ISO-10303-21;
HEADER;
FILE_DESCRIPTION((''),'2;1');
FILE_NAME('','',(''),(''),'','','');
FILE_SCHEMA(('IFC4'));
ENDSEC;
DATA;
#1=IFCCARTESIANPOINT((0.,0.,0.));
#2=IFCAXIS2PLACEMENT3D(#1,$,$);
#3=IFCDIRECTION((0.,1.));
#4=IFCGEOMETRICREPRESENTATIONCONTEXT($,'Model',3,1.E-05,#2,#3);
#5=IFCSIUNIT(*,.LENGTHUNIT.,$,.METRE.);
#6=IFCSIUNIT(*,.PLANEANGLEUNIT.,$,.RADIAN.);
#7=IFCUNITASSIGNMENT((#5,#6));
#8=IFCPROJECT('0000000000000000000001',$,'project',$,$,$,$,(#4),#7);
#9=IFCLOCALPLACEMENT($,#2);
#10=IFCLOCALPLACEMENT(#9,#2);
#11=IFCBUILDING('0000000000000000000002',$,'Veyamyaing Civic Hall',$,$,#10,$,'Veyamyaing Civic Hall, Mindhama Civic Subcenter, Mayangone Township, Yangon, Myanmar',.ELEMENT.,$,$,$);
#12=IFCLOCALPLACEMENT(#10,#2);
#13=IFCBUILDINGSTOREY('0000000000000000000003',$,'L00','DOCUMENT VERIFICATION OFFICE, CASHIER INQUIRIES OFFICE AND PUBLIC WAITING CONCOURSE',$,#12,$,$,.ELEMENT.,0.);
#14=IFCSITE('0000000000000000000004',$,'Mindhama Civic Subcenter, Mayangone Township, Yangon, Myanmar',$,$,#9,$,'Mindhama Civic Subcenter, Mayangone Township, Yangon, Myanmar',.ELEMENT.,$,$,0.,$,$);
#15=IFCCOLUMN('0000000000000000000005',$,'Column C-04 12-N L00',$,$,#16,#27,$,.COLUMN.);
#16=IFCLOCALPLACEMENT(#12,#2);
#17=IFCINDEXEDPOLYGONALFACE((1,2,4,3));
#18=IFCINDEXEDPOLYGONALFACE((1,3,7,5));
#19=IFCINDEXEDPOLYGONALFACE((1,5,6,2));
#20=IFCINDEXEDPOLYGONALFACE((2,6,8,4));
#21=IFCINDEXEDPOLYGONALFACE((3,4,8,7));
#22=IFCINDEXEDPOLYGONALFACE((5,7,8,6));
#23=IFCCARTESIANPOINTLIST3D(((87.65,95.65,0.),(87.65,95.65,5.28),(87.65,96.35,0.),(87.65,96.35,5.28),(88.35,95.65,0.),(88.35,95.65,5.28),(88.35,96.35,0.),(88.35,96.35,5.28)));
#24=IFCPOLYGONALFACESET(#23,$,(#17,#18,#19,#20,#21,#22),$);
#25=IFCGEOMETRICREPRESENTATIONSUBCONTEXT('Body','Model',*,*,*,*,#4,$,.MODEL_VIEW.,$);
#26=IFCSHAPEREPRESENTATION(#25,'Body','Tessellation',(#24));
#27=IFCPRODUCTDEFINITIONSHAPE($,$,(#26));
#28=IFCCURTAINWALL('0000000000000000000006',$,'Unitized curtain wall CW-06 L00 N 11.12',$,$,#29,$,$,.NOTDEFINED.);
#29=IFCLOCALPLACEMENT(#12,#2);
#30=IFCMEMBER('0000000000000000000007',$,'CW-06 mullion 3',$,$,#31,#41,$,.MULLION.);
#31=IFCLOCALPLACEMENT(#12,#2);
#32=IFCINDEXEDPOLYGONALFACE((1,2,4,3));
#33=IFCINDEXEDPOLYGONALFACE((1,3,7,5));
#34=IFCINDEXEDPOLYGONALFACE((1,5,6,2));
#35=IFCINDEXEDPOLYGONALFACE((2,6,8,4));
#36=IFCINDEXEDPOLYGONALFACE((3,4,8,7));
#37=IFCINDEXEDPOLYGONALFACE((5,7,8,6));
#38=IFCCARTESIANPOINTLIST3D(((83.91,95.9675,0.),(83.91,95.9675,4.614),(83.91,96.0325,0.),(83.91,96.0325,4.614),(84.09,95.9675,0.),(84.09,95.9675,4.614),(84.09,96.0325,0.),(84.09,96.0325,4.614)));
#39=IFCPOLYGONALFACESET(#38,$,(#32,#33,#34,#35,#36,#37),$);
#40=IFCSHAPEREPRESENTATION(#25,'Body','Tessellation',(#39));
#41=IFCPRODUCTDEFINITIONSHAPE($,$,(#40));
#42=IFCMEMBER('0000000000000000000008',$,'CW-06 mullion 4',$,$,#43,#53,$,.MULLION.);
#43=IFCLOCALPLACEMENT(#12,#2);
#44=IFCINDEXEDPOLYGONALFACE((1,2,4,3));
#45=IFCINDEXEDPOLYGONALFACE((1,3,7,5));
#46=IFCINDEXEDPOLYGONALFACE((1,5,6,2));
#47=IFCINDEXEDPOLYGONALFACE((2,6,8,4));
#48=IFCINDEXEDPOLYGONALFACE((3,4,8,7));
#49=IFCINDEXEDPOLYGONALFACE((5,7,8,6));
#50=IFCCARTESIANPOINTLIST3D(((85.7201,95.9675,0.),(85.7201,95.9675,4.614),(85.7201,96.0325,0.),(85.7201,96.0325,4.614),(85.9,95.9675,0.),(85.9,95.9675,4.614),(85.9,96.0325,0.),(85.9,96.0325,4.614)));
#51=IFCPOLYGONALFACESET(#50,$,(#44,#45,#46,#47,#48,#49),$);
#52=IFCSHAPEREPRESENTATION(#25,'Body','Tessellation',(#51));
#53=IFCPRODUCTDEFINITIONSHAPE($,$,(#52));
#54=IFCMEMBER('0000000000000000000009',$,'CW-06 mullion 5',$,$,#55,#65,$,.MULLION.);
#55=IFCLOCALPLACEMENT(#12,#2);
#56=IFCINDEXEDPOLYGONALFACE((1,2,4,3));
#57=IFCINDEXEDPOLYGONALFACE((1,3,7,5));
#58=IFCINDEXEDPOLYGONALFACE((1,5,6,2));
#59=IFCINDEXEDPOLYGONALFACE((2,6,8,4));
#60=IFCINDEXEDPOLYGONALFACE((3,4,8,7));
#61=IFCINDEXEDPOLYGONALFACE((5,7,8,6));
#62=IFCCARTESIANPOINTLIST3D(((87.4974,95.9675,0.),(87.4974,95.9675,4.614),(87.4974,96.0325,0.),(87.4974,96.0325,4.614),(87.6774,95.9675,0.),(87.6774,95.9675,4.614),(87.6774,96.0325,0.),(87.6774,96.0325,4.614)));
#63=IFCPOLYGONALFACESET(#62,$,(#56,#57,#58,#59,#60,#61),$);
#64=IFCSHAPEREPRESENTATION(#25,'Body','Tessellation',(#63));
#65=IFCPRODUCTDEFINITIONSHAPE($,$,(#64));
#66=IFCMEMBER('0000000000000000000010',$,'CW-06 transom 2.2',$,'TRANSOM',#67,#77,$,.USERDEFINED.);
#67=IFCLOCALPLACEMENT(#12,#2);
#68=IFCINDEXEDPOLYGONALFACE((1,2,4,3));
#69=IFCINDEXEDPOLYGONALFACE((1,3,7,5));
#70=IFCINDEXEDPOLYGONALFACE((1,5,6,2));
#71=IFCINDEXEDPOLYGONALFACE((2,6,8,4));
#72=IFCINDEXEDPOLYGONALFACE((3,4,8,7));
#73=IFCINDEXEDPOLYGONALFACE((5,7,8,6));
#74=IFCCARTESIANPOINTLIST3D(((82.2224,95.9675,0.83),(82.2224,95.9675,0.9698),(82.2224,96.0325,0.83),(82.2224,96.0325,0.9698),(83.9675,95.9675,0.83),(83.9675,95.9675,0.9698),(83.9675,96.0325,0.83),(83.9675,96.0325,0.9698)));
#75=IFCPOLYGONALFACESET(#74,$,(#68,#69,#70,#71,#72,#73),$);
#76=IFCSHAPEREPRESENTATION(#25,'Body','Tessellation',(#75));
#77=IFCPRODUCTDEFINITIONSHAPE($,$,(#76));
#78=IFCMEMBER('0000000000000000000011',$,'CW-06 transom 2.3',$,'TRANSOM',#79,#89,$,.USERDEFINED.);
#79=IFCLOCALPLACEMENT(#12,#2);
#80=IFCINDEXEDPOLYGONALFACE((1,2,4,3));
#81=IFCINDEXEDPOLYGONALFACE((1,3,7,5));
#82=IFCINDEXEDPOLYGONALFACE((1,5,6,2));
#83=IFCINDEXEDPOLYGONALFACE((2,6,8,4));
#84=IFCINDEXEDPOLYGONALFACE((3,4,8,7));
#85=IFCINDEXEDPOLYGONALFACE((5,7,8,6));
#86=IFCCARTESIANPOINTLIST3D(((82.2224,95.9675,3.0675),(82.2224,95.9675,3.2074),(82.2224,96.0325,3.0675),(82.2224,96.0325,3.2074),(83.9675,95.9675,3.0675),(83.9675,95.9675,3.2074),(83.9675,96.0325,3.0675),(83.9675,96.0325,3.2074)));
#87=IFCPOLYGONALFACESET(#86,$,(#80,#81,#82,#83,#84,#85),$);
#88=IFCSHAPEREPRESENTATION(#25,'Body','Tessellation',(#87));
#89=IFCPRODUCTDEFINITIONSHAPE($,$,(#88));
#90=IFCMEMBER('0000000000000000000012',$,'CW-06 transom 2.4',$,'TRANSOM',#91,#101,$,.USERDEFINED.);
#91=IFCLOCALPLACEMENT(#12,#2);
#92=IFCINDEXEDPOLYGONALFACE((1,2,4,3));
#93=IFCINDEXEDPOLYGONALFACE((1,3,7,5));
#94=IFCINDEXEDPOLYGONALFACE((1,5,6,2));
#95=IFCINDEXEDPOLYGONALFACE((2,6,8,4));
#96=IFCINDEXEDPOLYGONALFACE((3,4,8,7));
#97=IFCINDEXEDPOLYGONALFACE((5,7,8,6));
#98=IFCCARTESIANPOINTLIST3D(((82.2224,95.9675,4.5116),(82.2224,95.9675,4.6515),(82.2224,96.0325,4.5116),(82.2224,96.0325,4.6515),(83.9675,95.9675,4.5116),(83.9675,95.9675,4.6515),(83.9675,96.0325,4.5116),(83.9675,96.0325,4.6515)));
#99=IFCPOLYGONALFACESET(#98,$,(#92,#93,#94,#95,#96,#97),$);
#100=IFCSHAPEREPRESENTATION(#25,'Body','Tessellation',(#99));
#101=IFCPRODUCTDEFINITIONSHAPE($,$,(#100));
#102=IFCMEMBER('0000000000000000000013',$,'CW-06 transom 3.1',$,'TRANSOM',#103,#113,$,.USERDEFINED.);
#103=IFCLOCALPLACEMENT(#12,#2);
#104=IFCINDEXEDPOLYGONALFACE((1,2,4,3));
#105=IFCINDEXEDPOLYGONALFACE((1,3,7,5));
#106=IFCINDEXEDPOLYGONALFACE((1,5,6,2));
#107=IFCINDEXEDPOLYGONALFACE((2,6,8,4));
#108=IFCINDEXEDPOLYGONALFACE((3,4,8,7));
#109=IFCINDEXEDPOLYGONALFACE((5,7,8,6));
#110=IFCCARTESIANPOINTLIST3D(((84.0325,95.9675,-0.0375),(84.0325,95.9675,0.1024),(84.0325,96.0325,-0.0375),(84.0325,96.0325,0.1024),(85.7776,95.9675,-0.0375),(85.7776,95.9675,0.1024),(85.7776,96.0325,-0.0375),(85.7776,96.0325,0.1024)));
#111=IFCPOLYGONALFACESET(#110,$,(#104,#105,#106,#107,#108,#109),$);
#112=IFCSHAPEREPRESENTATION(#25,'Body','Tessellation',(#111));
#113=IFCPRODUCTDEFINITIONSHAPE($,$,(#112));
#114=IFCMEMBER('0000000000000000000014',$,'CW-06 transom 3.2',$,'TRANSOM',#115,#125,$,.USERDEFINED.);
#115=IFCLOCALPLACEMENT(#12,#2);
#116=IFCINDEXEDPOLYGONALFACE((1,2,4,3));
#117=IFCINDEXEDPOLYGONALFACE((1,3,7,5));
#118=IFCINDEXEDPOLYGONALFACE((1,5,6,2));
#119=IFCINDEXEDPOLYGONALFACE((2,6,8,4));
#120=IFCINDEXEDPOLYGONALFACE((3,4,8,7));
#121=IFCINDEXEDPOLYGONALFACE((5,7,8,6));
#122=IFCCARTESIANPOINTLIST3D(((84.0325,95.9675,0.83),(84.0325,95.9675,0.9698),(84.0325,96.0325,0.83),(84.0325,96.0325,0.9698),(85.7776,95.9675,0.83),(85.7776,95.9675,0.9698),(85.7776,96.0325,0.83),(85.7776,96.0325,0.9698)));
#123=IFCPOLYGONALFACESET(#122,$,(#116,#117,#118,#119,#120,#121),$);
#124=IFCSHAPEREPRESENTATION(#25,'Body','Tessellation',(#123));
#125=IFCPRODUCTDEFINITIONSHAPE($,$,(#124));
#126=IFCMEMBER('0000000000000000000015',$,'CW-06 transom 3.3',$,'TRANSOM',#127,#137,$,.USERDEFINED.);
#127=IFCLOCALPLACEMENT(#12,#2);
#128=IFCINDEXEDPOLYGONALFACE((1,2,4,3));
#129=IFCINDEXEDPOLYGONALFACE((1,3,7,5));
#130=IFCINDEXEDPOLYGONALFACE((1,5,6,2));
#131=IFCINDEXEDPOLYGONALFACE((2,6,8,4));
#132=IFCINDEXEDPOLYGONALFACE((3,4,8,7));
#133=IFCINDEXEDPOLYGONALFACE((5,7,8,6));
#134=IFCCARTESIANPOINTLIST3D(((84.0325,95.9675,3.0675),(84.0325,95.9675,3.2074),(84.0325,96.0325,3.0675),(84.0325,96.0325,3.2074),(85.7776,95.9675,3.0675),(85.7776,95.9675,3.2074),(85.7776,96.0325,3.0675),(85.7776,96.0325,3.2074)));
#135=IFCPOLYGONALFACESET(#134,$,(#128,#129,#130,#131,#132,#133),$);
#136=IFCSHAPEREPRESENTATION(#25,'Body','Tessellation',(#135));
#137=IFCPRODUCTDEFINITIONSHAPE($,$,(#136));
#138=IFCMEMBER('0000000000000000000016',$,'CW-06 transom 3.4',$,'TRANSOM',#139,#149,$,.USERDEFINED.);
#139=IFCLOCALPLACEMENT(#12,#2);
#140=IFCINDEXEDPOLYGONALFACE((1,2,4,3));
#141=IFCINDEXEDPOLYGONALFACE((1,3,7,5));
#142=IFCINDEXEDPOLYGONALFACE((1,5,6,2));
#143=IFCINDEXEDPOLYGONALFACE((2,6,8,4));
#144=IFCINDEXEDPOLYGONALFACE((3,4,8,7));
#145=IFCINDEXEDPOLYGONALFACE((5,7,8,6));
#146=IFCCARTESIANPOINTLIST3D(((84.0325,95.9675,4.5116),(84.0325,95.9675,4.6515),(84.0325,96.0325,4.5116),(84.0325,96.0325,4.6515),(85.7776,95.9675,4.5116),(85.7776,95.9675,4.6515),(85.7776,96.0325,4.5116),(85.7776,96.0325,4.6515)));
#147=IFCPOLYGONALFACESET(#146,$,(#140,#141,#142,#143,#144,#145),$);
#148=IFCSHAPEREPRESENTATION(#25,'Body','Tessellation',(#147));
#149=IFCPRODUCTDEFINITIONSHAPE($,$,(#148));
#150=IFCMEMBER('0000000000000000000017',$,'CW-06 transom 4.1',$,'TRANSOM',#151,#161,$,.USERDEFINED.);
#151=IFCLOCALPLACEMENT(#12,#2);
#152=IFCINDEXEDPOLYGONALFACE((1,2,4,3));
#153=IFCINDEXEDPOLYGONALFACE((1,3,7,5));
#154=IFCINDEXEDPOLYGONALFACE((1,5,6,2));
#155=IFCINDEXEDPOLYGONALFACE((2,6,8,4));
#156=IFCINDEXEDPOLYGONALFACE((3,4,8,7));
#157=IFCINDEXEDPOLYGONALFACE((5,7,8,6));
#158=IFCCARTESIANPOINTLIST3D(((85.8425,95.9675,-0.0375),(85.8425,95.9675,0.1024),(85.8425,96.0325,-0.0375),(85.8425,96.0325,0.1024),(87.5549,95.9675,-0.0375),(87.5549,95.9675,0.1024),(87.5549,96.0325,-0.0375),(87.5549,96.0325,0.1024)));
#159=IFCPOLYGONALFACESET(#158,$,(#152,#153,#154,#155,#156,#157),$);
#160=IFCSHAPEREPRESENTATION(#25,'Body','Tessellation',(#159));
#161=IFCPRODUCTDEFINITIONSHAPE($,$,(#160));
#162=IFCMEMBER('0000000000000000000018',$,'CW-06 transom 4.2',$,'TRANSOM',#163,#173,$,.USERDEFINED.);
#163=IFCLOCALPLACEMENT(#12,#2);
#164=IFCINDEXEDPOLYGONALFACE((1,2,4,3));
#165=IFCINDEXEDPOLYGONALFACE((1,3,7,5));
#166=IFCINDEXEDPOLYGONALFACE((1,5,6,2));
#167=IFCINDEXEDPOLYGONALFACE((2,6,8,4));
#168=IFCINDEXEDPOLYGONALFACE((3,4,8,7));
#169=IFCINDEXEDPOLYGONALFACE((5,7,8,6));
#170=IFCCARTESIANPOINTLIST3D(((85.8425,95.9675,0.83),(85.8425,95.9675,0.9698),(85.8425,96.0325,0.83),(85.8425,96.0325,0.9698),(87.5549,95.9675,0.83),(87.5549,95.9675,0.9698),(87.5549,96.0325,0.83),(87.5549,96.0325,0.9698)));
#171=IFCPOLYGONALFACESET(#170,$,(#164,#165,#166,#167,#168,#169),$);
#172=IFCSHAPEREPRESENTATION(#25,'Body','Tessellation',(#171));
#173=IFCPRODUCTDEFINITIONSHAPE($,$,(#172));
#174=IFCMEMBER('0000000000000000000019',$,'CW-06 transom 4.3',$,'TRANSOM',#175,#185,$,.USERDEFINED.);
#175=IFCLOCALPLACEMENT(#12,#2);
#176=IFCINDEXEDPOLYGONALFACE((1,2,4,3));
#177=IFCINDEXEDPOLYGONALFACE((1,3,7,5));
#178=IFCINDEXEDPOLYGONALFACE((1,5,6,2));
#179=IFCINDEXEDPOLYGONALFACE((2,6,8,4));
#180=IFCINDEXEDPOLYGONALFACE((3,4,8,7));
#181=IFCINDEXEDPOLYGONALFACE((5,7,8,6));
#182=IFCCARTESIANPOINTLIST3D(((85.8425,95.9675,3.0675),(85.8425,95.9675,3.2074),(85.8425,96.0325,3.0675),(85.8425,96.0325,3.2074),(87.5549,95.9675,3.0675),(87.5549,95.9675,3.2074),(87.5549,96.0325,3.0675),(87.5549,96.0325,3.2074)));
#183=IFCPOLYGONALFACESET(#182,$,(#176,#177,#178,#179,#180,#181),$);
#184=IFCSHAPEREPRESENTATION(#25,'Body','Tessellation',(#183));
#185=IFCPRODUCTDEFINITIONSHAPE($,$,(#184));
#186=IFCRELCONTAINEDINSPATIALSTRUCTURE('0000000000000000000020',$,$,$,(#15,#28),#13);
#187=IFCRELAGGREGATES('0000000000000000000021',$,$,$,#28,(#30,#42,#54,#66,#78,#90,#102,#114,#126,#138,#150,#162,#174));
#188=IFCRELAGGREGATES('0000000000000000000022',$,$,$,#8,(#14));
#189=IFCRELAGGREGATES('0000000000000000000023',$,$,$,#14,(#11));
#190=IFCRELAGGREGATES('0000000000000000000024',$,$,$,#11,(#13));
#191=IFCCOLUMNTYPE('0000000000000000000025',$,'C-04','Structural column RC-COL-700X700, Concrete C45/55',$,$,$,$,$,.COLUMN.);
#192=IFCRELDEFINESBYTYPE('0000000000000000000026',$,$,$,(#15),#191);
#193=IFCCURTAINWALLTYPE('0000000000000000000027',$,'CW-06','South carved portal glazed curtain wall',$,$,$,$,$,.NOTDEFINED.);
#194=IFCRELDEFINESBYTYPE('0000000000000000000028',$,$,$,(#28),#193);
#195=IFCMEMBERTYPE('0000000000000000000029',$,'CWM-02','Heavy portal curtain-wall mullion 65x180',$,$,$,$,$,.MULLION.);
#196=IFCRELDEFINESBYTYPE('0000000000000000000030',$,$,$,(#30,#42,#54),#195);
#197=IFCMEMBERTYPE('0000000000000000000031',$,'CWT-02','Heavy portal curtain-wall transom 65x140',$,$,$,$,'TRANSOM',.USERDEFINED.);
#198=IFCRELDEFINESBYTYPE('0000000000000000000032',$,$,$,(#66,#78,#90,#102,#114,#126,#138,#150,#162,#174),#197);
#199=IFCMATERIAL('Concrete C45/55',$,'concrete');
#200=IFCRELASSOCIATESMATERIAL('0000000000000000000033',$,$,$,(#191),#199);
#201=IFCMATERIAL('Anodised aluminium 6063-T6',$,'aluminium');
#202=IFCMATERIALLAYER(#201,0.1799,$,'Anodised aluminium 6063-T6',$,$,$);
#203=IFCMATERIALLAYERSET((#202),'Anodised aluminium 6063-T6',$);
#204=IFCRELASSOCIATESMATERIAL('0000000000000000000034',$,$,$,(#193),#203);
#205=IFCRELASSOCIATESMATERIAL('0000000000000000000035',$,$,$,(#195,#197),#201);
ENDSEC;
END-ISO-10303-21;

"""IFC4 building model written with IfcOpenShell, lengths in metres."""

from ifc_helpers import new_model, si_unit, direction, frame, origin, origin_2d, place, context, subcontext, project, spatial, rectangle, extrude, material, layer, layer_set, material_profile, profile_set, type_object, element, aggregate, save


model = new_model("IFC4")

# Units and contexts
model_context = context("Model", 3, precision=1e-05, world=origin(), true_north=direction((0.0, 1.0)))
body_context = subcontext(model_context, "Body", "Model", "MODEL_VIEW")
ifc_project = project(units=[si_unit("LENGTHUNIT", "METRE"), si_unit("PLANEANGLEUNIT", "RADIAN")], contexts=[model_context])

# Site, building, storey
site_placement = place(None, origin())
site = spatial("IfcSite", under=ifc_project, at=site_placement, Name="Mindhama Civic Subcenter, Mayangone Township, Yangon, Myanmar", LongName="Mindhama Civic Subcenter, Mayangone Township, Yangon, Myanmar", CompositionType="ELEMENT", RefElevation=0.0)
building_placement = place(site_placement, origin())
building = spatial("IfcBuilding", under=site, at=building_placement, Name="Veyamyaing Civic Hall", LongName="Veyamyaing Civic Hall, Mindhama Civic Subcenter, Mayangone Township, Yangon, Myanmar", CompositionType="ELEMENT")
storey_placement = place(building_placement, origin())
storey = spatial("IfcBuildingStorey", under=building, at=storey_placement, Name="L00", Description="DOCUMENT VERIFICATION OFFICE, CASHIER INQUIRIES OFFICE AND PUBLIC WAITING CONCOURSE", CompositionType="ELEMENT", Elevation=0.0)

# Column
ifc_material_1 = material(Name="Concrete C45/55", Category="concrete")
ifc_material_profile_1 = material_profile(ifc_material_1, rectangle(XDim=0.7, YDim=0.7, at=origin_2d()), Name="RC-COL-700X700")
ifc_profile_set_1 = profile_set([ifc_material_profile_1], Name="Concrete C45/55")
column_type = type_object("IfcColumnType", Name="C-04", Description="Structural column RC-COL-700X700, Concrete C45/55", PredefinedType="COLUMN", material=ifc_profile_set_1)
column_placement = place(storey_placement, frame((88.0, 96.0, 0.0), z_axis=(0.0, 0.0, 1.0), x_axis=(1.0, 0.0, 0.0)))
element("IfcColumn", 1, at=column_placement, inside=storey, type_object=column_type, Name="Column C-04 12-N L00", PredefinedType="COLUMN", context=body_context, shape_type="SweptSolid", body=[
    extrude(rectangle(XDim=0.7, YDim=0.7, at=origin_2d()), origin(), (0.0, 0.0, 1.0), 5.28),
])

# Curtain wall, members
ifc_material_2 = material(Name="Anodised aluminium 6063-T6", Category="aluminium")
ifc_layer_1 = layer(ifc_material_2, 0.1799, Name="Anodised aluminium 6063-T6")
ifc_layer_set_1 = layer_set([ifc_layer_1], Name="Anodised aluminium 6063-T6")
curtain_wall_type = type_object("IfcCurtainWallType", Name="CW-06", Description="South carved portal glazed curtain wall", PredefinedType="NOTDEFINED", material=ifc_layer_set_1)
curtain_wall_placement = place(storey_placement, origin())
curtain_wall = element("IfcCurtainWall", 2, at=curtain_wall_placement, inside=storey, type_object=curtain_wall_type, Name="Unitized curtain wall CW-06 L00 N 11.12", PredefinedType="NOTDEFINED")
ifc_material_profile_2 = material_profile(ifc_material_2, rectangle(XDim=0.0649, YDim=0.1799, at=origin_2d()), Name="ALU-MUL-65X180")
ifc_profile_set_2 = profile_set([ifc_material_profile_2], Name="Anodised aluminium 6063-T6")
member_type_1 = type_object("IfcMemberType", Name="CWM-02", Description="Heavy portal curtain-wall mullion 65x180", PredefinedType="MULLION", material=ifc_profile_set_2)
member_1_placement = place(storey_placement, frame((84.0, 96.0, 0.0), z_axis=(0.0, 0.0, 1.0), x_axis=(0.0, 1.0, 0.0)))
member_1 = element("IfcMember", 3, at=member_1_placement, type_object=member_type_1, Name="CW-06 mullion 3", PredefinedType="MULLION", context=body_context, shape_type="SweptSolid", body=[
    extrude(rectangle(XDim=0.0649, YDim=0.1799, at=origin_2d()), origin(), (0.0, 0.0, 1.0), 4.614),
])
member_2_placement = place(storey_placement, frame((85.8101, 96.0, 0.0), z_axis=(0.0, 0.0, 1.0), x_axis=(0.0, 1.0, 0.0)))
member_2 = element("IfcMember", 4, at=member_2_placement, type_object=member_type_1, Name="CW-06 mullion 4", PredefinedType="MULLION", context=body_context, shape_type="SweptSolid", body=[
    extrude(rectangle(XDim=0.0649, YDim=0.1799, at=origin_2d()), origin(), (0.0, 0.0, 1.0), 4.614),
])
member_3_placement = place(storey_placement, frame((87.5874, 96.0, 0.0), z_axis=(0.0, 0.0, 1.0), x_axis=(0.0, 1.0, 0.0)))
member_3 = element("IfcMember", 5, at=member_3_placement, type_object=member_type_1, Name="CW-06 mullion 5", PredefinedType="MULLION", context=body_context, shape_type="SweptSolid", body=[
    extrude(rectangle(XDim=0.0649, YDim=0.1799, at=origin_2d()), origin(), (0.0, 0.0, 1.0), 4.614),
])
ifc_material_profile_3 = material_profile(ifc_material_2, rectangle(XDim=0.0649, YDim=0.1399, at=origin_2d()), Name="ALU-TRN-65X140")
ifc_profile_set_3 = profile_set([ifc_material_profile_3], Name="Anodised aluminium 6063-T6")
member_type_2 = type_object("IfcMemberType", Name="CWT-02", Description="Heavy portal curtain-wall transom 65x140", ElementType="TRANSOM", PredefinedType="USERDEFINED", material=ifc_profile_set_3)
member_4_placement = place(storey_placement, frame((82.2224, 96.0, 0.8999), z_axis=(1.0, 0.0, 0.0), x_axis=(0.0, 1.0, 0.0)))
member_4 = element("IfcMember", 6, at=member_4_placement, type_object=member_type_2, Name="CW-06 transom 2.2", ObjectType="TRANSOM", PredefinedType="USERDEFINED", context=body_context, shape_type="SweptSolid", body=[
    extrude(rectangle(XDim=0.0649, YDim=0.1399, at=origin_2d()), origin(), (0.0, 0.0, 1.0), 1.7451),
])
member_5_placement = place(storey_placement, frame((82.2224, 96.0, 3.1375), z_axis=(1.0, 0.0, 0.0), x_axis=(0.0, 1.0, 0.0)))
member_5 = element("IfcMember", 7, at=member_5_placement, type_object=member_type_2, Name="CW-06 transom 2.3", ObjectType="TRANSOM", PredefinedType="USERDEFINED", context=body_context, shape_type="SweptSolid", body=[
    extrude(rectangle(XDim=0.0649, YDim=0.1399, at=origin_2d()), origin(), (0.0, 0.0, 1.0), 1.7451),
])
member_6_placement = place(storey_placement, frame((82.2224, 96.0, 4.5815), z_axis=(1.0, 0.0, 0.0), x_axis=(0.0, 1.0, 0.0)))
member_6 = element("IfcMember", 8, at=member_6_placement, type_object=member_type_2, Name="CW-06 transom 2.4", ObjectType="TRANSOM", PredefinedType="USERDEFINED", context=body_context, shape_type="SweptSolid", body=[
    extrude(rectangle(XDim=0.0649, YDim=0.1399, at=origin_2d()), origin(), (0.0, 0.0, 1.0), 1.7451),
])
member_7_placement = place(storey_placement, frame((84.0325, 96.0, 0.0325), z_axis=(1.0, 0.0, 0.0), x_axis=(0.0, 1.0, 0.0)))
member_7 = element("IfcMember", 9, at=member_7_placement, type_object=member_type_2, Name="CW-06 transom 3.1", ObjectType="TRANSOM", PredefinedType="USERDEFINED", context=body_context, shape_type="SweptSolid", body=[
    extrude(rectangle(XDim=0.0649, YDim=0.1399, at=origin_2d()), origin(), (0.0, 0.0, 1.0), 1.7451),
])
member_8_placement = place(storey_placement, frame((84.0325, 96.0, 0.8999), z_axis=(1.0, 0.0, 0.0), x_axis=(0.0, 1.0, 0.0)))
member_8 = element("IfcMember", 10, at=member_8_placement, type_object=member_type_2, Name="CW-06 transom 3.2", ObjectType="TRANSOM", PredefinedType="USERDEFINED", context=body_context, shape_type="SweptSolid", body=[
    extrude(rectangle(XDim=0.0649, YDim=0.1399, at=origin_2d()), origin(), (0.0, 0.0, 1.0), 1.7451),
])
member_9_placement = place(storey_placement, frame((84.0325, 96.0, 3.1375), z_axis=(1.0, 0.0, 0.0), x_axis=(0.0, 1.0, 0.0)))
member_9 = element("IfcMember", 11, at=member_9_placement, type_object=member_type_2, Name="CW-06 transom 3.3", ObjectType="TRANSOM", PredefinedType="USERDEFINED", context=body_context, shape_type="SweptSolid", body=[
    extrude(rectangle(XDim=0.0649, YDim=0.1399, at=origin_2d()), origin(), (0.0, 0.0, 1.0), 1.7451),
])
member_10_placement = place(storey_placement, frame((84.0325, 96.0, 4.5815), z_axis=(1.0, 0.0, 0.0), x_axis=(0.0, 1.0, 0.0)))
member_10 = element("IfcMember", 12, at=member_10_placement, type_object=member_type_2, Name="CW-06 transom 3.4", ObjectType="TRANSOM", PredefinedType="USERDEFINED", context=body_context, shape_type="SweptSolid", body=[
    extrude(rectangle(XDim=0.0649, YDim=0.1399, at=origin_2d()), origin(), (0.0, 0.0, 1.0), 1.7451),
])
member_11_placement = place(storey_placement, frame((85.8425, 96.0, 0.0325), z_axis=(1.0, 0.0, 0.0), x_axis=(0.0, 1.0, 0.0)))
member_11 = element("IfcMember", 13, at=member_11_placement, type_object=member_type_2, Name="CW-06 transom 4.1", ObjectType="TRANSOM", PredefinedType="USERDEFINED", context=body_context, shape_type="SweptSolid", body=[
    extrude(rectangle(XDim=0.0649, YDim=0.1399, at=origin_2d()), origin(), (0.0, 0.0, 1.0), 1.7124),
])
member_12_placement = place(storey_placement, frame((85.8425, 96.0, 0.8999), z_axis=(1.0, 0.0, 0.0), x_axis=(0.0, 1.0, 0.0)))
member_12 = element("IfcMember", 14, at=member_12_placement, type_object=member_type_2, Name="CW-06 transom 4.2", ObjectType="TRANSOM", PredefinedType="USERDEFINED", context=body_context, shape_type="SweptSolid", body=[
    extrude(rectangle(XDim=0.0649, YDim=0.1399, at=origin_2d()), origin(), (0.0, 0.0, 1.0), 1.7124),
])
member_13_placement = place(storey_placement, frame((85.8425, 96.0, 3.1375), z_axis=(1.0, 0.0, 0.0), x_axis=(0.0, 1.0, 0.0)))
member_13 = element("IfcMember", 15, at=member_13_placement, type_object=member_type_2, Name="CW-06 transom 4.3", ObjectType="TRANSOM", PredefinedType="USERDEFINED", context=body_context, shape_type="SweptSolid", body=[
    extrude(rectangle(XDim=0.0649, YDim=0.1399, at=origin_2d()), origin(), (0.0, 0.0, 1.0), 1.7124),
])
aggregate(curtain_wall, [member_1, member_2, member_3, member_4, member_5, member_6, member_7, member_8, member_9, member_10, member_11, member_12, member_13])

save(model, "model.ifc")
